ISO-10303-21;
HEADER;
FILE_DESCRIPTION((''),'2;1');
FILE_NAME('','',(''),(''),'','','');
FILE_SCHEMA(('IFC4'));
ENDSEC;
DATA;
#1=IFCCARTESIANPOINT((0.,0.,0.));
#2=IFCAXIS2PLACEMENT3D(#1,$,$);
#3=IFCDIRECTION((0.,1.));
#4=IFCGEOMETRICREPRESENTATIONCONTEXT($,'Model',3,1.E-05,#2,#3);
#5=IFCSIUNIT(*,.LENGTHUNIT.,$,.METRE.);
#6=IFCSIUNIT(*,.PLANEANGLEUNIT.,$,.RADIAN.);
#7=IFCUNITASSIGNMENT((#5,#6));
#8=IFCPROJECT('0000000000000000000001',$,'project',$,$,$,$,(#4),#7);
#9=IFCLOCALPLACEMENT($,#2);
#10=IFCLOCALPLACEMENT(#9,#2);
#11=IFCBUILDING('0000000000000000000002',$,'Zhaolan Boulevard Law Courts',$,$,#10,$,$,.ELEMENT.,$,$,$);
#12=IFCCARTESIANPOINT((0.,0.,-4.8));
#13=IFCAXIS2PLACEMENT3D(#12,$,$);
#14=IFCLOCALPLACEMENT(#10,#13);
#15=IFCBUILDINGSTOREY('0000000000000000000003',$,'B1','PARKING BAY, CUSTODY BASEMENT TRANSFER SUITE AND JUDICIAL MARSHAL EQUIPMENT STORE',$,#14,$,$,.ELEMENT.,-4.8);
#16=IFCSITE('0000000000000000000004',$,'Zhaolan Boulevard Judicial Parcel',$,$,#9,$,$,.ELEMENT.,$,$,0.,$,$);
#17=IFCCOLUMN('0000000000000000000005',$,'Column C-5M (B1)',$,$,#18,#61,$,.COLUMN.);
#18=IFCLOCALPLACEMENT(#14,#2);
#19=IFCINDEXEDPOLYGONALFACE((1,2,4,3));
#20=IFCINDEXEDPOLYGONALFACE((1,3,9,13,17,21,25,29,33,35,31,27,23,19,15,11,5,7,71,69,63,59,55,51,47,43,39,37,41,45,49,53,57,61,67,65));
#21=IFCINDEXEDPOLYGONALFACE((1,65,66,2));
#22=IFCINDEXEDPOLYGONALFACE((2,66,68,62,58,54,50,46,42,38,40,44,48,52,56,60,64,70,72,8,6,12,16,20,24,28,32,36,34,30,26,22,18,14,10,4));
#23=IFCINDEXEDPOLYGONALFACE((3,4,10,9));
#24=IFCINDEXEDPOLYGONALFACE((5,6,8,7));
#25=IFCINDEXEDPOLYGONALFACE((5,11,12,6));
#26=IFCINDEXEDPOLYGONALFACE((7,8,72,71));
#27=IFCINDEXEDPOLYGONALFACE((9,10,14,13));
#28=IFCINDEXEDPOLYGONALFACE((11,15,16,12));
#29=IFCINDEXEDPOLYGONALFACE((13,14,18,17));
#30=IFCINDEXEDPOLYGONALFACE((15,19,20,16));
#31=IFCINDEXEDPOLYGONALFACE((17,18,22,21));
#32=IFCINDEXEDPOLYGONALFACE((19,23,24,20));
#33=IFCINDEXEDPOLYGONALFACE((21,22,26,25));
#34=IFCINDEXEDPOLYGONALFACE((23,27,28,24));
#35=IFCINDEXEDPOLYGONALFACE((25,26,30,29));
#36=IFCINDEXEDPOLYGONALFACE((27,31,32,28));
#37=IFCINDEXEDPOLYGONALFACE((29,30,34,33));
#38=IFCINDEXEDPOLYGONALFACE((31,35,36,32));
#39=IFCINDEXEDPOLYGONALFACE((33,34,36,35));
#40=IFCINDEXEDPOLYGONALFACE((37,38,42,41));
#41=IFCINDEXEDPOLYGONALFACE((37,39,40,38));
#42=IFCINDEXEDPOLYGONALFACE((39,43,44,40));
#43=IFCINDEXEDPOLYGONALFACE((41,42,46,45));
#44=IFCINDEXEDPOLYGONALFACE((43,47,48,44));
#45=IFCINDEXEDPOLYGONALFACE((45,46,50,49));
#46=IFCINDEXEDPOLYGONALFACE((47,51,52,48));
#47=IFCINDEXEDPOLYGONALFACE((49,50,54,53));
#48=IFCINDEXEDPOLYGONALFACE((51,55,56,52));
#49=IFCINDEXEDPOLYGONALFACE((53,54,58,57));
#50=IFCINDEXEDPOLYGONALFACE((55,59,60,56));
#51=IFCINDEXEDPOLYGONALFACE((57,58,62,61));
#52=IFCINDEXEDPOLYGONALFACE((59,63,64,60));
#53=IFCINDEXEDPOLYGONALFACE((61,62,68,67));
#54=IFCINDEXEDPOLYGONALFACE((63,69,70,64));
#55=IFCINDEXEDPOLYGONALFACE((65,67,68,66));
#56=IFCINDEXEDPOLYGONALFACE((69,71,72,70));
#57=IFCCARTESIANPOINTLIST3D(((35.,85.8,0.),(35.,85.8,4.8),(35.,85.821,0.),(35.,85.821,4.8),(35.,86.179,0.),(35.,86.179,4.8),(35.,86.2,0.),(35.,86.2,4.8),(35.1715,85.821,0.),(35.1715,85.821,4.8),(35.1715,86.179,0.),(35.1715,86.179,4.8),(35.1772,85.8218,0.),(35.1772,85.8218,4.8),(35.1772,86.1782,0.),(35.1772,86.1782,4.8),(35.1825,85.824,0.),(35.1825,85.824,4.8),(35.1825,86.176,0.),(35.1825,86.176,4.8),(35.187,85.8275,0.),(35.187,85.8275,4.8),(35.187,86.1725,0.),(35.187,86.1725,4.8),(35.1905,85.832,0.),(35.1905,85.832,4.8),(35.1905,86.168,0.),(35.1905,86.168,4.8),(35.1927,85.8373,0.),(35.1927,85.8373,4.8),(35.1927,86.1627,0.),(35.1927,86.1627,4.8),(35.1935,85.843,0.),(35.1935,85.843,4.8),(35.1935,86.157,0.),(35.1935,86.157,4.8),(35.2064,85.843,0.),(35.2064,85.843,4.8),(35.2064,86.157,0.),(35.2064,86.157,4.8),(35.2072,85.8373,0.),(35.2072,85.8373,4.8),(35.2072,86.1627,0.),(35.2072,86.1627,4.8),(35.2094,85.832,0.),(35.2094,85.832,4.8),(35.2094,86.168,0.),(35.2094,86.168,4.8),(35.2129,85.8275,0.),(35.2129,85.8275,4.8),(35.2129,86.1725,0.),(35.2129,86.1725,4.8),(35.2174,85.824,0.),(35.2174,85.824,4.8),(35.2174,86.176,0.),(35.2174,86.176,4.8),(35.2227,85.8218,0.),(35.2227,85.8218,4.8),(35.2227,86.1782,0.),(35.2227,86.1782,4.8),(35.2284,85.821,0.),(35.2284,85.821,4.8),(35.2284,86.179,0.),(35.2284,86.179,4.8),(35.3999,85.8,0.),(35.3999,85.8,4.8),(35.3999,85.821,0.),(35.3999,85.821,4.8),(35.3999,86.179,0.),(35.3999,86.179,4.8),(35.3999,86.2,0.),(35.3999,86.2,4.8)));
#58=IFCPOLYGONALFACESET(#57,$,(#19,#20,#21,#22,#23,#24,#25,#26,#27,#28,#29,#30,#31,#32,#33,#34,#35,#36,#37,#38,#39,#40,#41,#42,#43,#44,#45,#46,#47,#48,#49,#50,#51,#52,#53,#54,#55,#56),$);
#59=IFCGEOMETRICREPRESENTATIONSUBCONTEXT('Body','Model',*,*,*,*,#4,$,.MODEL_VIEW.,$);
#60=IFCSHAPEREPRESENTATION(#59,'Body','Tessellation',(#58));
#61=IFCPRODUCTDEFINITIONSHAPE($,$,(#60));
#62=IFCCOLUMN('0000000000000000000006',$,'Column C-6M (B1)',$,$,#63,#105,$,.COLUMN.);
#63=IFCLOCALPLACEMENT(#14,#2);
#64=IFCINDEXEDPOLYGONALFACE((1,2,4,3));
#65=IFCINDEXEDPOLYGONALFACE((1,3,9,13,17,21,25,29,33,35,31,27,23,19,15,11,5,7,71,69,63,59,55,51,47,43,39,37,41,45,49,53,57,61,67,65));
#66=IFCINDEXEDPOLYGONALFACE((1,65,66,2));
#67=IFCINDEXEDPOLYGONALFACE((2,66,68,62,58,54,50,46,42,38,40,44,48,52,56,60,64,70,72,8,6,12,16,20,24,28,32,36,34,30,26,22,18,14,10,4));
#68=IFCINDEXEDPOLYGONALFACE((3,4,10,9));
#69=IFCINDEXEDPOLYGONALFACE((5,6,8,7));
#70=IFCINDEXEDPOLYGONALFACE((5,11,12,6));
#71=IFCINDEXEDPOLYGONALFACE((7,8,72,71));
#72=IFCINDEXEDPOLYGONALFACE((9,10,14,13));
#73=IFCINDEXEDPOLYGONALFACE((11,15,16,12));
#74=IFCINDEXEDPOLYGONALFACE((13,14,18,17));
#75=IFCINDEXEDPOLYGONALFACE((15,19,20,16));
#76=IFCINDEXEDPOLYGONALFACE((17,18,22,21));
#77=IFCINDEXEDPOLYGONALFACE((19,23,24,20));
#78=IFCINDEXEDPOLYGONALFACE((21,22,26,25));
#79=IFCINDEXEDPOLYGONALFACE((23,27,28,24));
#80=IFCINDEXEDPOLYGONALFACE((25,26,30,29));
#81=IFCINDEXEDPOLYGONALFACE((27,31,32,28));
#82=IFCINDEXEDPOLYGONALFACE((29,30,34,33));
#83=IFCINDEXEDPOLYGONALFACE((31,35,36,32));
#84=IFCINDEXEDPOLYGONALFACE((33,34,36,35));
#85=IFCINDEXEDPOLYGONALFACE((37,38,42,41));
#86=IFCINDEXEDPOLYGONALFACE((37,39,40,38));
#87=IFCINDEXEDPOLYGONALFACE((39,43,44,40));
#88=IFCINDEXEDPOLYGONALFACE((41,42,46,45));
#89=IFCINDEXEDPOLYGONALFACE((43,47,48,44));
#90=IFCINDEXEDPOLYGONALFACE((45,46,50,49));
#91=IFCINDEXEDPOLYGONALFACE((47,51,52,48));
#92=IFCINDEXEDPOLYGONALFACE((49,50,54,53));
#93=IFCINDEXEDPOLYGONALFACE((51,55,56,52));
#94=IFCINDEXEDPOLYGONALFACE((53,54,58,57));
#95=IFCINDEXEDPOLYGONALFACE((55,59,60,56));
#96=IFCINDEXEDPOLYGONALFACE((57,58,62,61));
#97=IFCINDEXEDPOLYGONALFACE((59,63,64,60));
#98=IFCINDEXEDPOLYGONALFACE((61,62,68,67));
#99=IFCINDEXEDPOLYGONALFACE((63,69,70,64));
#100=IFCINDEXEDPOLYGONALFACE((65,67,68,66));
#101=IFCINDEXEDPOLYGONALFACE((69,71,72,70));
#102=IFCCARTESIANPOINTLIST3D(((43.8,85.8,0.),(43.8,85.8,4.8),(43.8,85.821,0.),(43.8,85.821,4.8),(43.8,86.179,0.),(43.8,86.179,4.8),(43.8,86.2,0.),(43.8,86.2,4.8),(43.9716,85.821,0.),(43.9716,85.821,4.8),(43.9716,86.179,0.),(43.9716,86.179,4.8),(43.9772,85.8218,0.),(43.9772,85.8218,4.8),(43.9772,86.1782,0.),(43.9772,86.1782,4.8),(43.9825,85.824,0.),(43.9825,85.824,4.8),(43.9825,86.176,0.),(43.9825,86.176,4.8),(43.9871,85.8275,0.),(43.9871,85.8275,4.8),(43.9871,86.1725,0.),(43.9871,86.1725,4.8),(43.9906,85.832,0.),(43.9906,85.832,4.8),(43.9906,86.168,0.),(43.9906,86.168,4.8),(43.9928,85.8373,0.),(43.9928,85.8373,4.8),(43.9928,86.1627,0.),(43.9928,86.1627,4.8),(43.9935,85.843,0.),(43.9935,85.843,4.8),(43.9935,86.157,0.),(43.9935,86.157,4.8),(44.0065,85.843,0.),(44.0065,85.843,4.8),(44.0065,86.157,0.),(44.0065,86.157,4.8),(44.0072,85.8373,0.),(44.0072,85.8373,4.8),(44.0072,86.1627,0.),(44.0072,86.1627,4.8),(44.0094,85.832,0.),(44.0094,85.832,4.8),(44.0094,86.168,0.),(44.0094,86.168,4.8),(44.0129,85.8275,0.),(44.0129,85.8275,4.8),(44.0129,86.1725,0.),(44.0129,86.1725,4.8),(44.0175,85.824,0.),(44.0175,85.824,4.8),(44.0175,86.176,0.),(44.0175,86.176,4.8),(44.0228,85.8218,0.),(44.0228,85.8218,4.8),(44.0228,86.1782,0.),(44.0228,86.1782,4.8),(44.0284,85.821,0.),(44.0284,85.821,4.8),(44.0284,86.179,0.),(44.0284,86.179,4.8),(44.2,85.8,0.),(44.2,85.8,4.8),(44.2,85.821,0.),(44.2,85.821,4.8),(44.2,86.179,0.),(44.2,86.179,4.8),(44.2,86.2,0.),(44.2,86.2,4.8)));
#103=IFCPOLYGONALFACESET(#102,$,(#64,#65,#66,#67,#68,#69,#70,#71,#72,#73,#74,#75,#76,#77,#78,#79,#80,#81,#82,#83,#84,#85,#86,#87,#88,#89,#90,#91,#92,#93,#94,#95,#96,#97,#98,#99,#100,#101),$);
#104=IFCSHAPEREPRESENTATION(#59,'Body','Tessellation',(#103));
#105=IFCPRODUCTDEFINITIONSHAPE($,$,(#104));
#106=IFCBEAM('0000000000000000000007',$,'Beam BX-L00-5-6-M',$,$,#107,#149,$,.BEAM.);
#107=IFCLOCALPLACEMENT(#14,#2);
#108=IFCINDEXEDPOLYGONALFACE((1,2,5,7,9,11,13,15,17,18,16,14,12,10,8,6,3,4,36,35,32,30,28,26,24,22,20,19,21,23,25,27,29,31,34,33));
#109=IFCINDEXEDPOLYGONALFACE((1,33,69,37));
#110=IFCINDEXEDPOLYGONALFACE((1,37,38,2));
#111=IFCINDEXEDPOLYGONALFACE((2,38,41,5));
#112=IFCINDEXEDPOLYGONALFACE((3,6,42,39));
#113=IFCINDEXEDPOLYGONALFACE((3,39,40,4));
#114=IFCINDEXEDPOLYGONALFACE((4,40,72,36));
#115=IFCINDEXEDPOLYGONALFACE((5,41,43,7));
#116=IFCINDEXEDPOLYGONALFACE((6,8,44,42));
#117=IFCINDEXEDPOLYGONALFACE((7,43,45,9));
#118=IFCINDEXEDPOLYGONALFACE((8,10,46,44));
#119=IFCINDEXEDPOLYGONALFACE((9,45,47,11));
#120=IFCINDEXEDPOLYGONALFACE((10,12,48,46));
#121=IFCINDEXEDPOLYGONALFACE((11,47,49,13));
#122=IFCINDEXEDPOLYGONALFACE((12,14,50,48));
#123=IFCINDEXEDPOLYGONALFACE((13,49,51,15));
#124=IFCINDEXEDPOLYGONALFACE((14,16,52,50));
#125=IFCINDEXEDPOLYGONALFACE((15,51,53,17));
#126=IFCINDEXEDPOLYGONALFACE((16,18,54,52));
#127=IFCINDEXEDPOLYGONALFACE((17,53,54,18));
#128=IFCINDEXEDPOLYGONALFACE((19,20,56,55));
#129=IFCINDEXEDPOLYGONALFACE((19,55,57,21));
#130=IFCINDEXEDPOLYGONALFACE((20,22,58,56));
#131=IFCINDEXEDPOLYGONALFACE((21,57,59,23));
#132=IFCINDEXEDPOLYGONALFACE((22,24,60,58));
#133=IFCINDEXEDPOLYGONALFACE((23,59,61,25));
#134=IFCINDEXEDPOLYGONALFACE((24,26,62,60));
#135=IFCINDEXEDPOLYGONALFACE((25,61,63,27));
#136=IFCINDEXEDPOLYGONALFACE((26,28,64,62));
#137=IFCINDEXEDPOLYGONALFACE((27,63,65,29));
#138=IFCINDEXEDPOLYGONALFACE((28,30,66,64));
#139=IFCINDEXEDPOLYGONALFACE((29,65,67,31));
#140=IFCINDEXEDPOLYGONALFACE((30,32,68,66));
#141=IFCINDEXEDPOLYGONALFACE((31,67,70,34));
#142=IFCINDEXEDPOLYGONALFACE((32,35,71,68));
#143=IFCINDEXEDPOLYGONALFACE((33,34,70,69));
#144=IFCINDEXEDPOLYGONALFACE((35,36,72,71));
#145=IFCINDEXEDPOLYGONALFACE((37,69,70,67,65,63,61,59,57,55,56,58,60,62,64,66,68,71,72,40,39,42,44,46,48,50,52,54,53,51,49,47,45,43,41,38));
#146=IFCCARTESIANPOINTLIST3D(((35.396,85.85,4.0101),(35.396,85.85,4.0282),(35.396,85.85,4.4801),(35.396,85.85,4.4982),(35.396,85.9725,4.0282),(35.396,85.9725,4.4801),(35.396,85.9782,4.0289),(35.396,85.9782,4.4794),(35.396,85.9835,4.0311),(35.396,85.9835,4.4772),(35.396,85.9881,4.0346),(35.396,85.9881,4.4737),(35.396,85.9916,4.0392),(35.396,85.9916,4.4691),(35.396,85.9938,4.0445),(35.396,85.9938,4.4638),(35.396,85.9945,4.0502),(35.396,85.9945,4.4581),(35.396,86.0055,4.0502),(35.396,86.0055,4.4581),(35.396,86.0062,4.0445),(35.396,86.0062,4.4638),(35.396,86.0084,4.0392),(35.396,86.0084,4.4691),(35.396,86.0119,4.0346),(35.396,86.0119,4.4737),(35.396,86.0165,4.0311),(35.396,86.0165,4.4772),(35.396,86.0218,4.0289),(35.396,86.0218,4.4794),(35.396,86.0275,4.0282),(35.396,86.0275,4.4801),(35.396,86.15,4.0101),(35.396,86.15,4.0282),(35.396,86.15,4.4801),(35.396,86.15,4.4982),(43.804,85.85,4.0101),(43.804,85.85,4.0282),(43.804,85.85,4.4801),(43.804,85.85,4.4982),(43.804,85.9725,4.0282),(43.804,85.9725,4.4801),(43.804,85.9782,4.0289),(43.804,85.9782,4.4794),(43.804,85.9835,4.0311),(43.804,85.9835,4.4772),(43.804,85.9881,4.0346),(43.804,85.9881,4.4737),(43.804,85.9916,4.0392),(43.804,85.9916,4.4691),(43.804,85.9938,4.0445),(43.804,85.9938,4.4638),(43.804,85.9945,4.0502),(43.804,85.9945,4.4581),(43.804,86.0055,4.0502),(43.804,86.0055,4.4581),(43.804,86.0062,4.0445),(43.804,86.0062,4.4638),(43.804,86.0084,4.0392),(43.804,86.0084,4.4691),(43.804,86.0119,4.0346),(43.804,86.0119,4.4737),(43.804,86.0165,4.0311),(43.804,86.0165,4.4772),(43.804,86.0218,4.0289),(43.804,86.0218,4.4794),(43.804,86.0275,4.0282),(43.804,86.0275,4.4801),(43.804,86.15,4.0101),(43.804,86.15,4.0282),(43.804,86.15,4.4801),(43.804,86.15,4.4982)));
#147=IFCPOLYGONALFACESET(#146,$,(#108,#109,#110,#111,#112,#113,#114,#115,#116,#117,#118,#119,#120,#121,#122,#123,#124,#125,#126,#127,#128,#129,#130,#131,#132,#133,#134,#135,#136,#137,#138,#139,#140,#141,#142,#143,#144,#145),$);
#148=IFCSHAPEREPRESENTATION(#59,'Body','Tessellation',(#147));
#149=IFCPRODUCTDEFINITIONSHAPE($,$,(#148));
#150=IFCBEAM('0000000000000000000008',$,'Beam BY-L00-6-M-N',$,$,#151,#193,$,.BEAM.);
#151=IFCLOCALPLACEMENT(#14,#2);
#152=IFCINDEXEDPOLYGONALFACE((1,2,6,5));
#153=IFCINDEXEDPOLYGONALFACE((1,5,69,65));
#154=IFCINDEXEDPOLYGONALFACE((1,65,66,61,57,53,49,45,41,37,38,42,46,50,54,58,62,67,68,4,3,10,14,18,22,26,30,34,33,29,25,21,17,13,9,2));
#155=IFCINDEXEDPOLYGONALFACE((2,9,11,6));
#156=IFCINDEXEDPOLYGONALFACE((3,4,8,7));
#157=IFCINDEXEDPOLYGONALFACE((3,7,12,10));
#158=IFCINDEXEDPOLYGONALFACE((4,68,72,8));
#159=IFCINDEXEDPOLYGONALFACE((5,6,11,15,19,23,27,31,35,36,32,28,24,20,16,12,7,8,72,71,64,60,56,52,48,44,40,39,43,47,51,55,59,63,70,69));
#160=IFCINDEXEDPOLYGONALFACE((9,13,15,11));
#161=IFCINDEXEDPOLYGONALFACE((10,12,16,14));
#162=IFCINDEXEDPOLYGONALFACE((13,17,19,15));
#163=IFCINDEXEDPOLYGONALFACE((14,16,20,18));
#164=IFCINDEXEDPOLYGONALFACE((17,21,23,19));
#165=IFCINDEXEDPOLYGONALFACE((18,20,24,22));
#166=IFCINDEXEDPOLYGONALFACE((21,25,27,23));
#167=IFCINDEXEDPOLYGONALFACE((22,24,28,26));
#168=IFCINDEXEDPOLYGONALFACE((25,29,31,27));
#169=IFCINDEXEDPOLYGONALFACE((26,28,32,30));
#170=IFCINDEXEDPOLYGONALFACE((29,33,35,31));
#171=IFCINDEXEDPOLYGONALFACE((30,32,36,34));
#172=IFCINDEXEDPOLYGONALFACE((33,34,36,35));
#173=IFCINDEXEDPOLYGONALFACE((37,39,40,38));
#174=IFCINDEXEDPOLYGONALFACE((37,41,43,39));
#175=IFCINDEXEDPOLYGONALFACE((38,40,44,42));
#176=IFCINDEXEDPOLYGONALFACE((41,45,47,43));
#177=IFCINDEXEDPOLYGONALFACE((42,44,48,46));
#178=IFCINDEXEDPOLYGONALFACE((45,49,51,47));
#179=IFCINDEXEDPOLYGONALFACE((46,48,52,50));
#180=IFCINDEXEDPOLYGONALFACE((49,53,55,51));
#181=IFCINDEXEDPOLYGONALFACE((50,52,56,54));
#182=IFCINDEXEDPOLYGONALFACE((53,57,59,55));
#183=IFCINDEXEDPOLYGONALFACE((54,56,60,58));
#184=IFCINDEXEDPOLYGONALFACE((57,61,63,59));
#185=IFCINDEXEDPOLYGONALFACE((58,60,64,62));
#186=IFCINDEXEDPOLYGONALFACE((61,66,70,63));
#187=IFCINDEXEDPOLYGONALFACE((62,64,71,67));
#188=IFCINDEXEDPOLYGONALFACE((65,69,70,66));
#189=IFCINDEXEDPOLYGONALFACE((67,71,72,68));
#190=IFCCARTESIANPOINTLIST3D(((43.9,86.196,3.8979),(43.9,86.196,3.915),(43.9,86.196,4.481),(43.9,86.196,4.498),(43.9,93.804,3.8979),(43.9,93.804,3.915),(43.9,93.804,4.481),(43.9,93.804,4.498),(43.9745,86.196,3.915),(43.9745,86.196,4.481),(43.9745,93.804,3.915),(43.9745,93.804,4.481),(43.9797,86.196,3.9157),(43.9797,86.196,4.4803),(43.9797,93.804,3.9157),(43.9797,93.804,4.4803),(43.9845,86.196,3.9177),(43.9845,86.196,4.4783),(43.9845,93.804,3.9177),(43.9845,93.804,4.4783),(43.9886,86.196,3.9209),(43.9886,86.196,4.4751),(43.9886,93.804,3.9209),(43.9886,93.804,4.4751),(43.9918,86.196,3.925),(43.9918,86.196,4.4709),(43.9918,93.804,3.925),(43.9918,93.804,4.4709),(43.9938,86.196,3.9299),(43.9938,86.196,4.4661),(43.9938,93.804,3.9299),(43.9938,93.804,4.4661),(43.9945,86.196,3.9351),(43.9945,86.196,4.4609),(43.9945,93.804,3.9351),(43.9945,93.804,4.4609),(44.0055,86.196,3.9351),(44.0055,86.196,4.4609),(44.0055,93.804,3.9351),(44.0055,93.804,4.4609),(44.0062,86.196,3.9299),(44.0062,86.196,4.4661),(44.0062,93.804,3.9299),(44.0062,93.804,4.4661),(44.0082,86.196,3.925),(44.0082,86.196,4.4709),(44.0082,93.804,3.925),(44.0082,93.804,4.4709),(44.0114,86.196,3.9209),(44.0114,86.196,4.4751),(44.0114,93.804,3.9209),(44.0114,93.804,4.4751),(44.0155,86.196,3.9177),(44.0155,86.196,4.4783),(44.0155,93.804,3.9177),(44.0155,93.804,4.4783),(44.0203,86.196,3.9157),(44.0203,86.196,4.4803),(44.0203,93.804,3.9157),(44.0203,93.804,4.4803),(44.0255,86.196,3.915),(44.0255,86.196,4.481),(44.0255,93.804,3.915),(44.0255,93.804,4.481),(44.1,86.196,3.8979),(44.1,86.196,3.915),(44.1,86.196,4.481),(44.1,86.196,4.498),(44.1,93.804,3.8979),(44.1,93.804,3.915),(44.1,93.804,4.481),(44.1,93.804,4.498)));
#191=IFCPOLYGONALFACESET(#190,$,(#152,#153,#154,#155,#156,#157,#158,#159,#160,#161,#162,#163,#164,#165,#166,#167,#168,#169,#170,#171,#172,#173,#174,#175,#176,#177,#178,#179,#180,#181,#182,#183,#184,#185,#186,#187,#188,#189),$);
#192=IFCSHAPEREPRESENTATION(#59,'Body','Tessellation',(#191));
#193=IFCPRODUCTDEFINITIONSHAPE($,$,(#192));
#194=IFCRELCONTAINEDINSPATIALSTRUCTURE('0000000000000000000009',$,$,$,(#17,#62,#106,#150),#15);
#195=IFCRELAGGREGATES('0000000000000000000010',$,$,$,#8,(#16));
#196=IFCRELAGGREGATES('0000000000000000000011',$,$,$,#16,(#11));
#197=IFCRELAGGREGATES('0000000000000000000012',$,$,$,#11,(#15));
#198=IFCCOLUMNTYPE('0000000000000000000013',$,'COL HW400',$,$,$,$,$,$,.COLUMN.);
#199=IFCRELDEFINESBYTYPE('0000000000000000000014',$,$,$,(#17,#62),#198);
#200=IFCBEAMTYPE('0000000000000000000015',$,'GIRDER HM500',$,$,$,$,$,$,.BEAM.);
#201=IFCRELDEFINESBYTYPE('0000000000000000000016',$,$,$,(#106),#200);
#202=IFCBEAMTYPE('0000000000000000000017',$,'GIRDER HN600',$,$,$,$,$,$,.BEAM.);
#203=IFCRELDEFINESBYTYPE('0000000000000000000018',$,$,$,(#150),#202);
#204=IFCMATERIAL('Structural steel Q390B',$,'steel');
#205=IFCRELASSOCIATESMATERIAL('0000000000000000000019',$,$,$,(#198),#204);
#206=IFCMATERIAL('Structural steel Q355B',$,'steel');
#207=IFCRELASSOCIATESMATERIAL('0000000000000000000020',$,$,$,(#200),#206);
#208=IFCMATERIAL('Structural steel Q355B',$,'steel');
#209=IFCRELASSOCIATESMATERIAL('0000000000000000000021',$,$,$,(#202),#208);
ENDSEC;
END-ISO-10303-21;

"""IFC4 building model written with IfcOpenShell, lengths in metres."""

from ifc_helpers import new_model, si_unit, direction, frame, origin, origin_2d, place, context, subcontext, project, spatial, i_section, extrude, material, material_profile, profile_set, type_object, element, save


model = new_model("IFC4")

# Units and contexts
model_context = context("Model", 3, precision=1e-05, world=origin(), true_north=direction((0.0, 1.0)))
body_context = subcontext(model_context, "Body", "Model", "MODEL_VIEW")
ifc_project = project(units=[si_unit("LENGTHUNIT", "METRE"), si_unit("PLANEANGLEUNIT", "RADIAN")], contexts=[model_context])

# Site, building, storey
site_placement = place(None, origin())
site = spatial("IfcSite", under=ifc_project, at=site_placement, Name="Zhaolan Boulevard Judicial Parcel", CompositionType="ELEMENT", RefElevation=0.0)
building_placement = place(site_placement, origin())
building = spatial("IfcBuilding", under=site, at=building_placement, Name="Zhaolan Boulevard Law Courts", CompositionType="ELEMENT")
storey_placement = place(building_placement, frame((0.0, 0.0, -4.8)))
storey = spatial("IfcBuildingStorey", under=building, at=storey_placement, Name="B1", Description="PARKING BAY, CUSTODY BASEMENT TRANSFER SUITE AND JUDICIAL MARSHAL EQUIPMENT STORE", CompositionType="ELEMENT", Elevation=-4.8)

# Columns
ifc_material_1 = material(Name="Structural steel Q390B", Category="steel")
ifc_material_profile_1 = material_profile(ifc_material_1, i_section(OverallWidth=0.3999, OverallDepth=0.3999, WebThickness=0.0129, FlangeThickness=0.021, FilletRadius=0.022, at=origin_2d()), Name="HW400x400")
ifc_profile_set_1 = profile_set([ifc_material_profile_1], Name="Structural steel Q390B")
column_type = type_object("IfcColumnType", Name="COL HW400", PredefinedType="COLUMN", material=ifc_profile_set_1)
for number, where, z_axis, x_axis, name in (
    (1, (35.2, 86.0, 0.0), (0.0, 0.0, 1.0), (1.0, 0.0, 0.0), "Column C-5M (B1)"),
    (2, (44.0, 86.0, 0.0), (0.0, 0.0, 1.0), (1.0, 0.0, 0.0), "Column C-6M (B1)"),
):
    element("IfcColumn", number, at=place(storey_placement, frame(where, z_axis=z_axis, x_axis=x_axis)), inside=storey, type_object=column_type, Name=name, PredefinedType="COLUMN", context=body_context, shape_type="SweptSolid", body=[
        extrude(i_section(OverallWidth=0.3999, OverallDepth=0.3999, WebThickness=0.0129, FlangeThickness=0.021, FilletRadius=0.022, at=origin_2d()), origin(), (0.0, 0.0, 1.0), 4.8),
    ])

# Beams
ifc_material_2 = material(Name="Structural steel Q355B", Category="steel")
ifc_material_profile_2 = material_profile(ifc_material_2, i_section(OverallWidth=0.3, OverallDepth=0.488, WebThickness=0.011, FlangeThickness=0.0181, FilletRadius=0.022, at=origin_2d()), Name="HM488x300")
ifc_profile_set_2 = profile_set([ifc_material_profile_2], Name="Structural steel Q355B")
beam_type_1 = type_object("IfcBeamType", Name="GIRDER HM500", PredefinedType="BEAM", material=ifc_profile_set_2)
beam_1_placement = place(storey_placement, frame((35.396, 86.0, 4.2542), z_axis=(1.0, 0.0, 0.0), x_axis=(0.0, 1.0, 0.0)))
element("IfcBeam", 3, at=beam_1_placement, inside=storey, type_object=beam_type_1, Name="Beam BX-L00-5-6-M", PredefinedType="BEAM", context=body_context, shape_type="SweptSolid", body=[
    extrude(i_section(OverallWidth=0.3, OverallDepth=0.488, WebThickness=0.011, FlangeThickness=0.0181, FilletRadius=0.022, at=origin_2d()), origin(), (0.0, 0.0, 1.0), 8.408),
])
ifc_material_3 = material(Name="Structural steel Q355B", Category="steel")
ifc_material_profile_3 = material_profile(ifc_material_3, i_section(OverallWidth=0.2, OverallDepth=0.6001, WebThickness=0.011, FlangeThickness=0.0171, FilletRadius=0.02, at=origin_2d()), Name="HN600x200")
ifc_profile_set_3 = profile_set([ifc_material_profile_3], Name="Structural steel Q355B")
beam_type_2 = type_object("IfcBeamType", Name="GIRDER HN600", PredefinedType="BEAM", material=ifc_profile_set_3)
beam_2_placement = place(storey_placement, frame((44.0, 86.196, 4.198), z_axis=(0.0, 1.0, 0.0), x_axis=(-1.0, 0.0, 0.0)))
element("IfcBeam", 4, at=beam_2_placement, inside=storey, type_object=beam_type_2, Name="Beam BY-L00-6-M-N", PredefinedType="BEAM", context=body_context, shape_type="SweptSolid", body=[
    extrude(i_section(OverallWidth=0.2, OverallDepth=0.6001, WebThickness=0.011, FlangeThickness=0.0171, FilletRadius=0.02, at=origin_2d()), origin(), (0.0, 0.0, 1.0), 7.6079),
])

save(model, "model.ifc")
